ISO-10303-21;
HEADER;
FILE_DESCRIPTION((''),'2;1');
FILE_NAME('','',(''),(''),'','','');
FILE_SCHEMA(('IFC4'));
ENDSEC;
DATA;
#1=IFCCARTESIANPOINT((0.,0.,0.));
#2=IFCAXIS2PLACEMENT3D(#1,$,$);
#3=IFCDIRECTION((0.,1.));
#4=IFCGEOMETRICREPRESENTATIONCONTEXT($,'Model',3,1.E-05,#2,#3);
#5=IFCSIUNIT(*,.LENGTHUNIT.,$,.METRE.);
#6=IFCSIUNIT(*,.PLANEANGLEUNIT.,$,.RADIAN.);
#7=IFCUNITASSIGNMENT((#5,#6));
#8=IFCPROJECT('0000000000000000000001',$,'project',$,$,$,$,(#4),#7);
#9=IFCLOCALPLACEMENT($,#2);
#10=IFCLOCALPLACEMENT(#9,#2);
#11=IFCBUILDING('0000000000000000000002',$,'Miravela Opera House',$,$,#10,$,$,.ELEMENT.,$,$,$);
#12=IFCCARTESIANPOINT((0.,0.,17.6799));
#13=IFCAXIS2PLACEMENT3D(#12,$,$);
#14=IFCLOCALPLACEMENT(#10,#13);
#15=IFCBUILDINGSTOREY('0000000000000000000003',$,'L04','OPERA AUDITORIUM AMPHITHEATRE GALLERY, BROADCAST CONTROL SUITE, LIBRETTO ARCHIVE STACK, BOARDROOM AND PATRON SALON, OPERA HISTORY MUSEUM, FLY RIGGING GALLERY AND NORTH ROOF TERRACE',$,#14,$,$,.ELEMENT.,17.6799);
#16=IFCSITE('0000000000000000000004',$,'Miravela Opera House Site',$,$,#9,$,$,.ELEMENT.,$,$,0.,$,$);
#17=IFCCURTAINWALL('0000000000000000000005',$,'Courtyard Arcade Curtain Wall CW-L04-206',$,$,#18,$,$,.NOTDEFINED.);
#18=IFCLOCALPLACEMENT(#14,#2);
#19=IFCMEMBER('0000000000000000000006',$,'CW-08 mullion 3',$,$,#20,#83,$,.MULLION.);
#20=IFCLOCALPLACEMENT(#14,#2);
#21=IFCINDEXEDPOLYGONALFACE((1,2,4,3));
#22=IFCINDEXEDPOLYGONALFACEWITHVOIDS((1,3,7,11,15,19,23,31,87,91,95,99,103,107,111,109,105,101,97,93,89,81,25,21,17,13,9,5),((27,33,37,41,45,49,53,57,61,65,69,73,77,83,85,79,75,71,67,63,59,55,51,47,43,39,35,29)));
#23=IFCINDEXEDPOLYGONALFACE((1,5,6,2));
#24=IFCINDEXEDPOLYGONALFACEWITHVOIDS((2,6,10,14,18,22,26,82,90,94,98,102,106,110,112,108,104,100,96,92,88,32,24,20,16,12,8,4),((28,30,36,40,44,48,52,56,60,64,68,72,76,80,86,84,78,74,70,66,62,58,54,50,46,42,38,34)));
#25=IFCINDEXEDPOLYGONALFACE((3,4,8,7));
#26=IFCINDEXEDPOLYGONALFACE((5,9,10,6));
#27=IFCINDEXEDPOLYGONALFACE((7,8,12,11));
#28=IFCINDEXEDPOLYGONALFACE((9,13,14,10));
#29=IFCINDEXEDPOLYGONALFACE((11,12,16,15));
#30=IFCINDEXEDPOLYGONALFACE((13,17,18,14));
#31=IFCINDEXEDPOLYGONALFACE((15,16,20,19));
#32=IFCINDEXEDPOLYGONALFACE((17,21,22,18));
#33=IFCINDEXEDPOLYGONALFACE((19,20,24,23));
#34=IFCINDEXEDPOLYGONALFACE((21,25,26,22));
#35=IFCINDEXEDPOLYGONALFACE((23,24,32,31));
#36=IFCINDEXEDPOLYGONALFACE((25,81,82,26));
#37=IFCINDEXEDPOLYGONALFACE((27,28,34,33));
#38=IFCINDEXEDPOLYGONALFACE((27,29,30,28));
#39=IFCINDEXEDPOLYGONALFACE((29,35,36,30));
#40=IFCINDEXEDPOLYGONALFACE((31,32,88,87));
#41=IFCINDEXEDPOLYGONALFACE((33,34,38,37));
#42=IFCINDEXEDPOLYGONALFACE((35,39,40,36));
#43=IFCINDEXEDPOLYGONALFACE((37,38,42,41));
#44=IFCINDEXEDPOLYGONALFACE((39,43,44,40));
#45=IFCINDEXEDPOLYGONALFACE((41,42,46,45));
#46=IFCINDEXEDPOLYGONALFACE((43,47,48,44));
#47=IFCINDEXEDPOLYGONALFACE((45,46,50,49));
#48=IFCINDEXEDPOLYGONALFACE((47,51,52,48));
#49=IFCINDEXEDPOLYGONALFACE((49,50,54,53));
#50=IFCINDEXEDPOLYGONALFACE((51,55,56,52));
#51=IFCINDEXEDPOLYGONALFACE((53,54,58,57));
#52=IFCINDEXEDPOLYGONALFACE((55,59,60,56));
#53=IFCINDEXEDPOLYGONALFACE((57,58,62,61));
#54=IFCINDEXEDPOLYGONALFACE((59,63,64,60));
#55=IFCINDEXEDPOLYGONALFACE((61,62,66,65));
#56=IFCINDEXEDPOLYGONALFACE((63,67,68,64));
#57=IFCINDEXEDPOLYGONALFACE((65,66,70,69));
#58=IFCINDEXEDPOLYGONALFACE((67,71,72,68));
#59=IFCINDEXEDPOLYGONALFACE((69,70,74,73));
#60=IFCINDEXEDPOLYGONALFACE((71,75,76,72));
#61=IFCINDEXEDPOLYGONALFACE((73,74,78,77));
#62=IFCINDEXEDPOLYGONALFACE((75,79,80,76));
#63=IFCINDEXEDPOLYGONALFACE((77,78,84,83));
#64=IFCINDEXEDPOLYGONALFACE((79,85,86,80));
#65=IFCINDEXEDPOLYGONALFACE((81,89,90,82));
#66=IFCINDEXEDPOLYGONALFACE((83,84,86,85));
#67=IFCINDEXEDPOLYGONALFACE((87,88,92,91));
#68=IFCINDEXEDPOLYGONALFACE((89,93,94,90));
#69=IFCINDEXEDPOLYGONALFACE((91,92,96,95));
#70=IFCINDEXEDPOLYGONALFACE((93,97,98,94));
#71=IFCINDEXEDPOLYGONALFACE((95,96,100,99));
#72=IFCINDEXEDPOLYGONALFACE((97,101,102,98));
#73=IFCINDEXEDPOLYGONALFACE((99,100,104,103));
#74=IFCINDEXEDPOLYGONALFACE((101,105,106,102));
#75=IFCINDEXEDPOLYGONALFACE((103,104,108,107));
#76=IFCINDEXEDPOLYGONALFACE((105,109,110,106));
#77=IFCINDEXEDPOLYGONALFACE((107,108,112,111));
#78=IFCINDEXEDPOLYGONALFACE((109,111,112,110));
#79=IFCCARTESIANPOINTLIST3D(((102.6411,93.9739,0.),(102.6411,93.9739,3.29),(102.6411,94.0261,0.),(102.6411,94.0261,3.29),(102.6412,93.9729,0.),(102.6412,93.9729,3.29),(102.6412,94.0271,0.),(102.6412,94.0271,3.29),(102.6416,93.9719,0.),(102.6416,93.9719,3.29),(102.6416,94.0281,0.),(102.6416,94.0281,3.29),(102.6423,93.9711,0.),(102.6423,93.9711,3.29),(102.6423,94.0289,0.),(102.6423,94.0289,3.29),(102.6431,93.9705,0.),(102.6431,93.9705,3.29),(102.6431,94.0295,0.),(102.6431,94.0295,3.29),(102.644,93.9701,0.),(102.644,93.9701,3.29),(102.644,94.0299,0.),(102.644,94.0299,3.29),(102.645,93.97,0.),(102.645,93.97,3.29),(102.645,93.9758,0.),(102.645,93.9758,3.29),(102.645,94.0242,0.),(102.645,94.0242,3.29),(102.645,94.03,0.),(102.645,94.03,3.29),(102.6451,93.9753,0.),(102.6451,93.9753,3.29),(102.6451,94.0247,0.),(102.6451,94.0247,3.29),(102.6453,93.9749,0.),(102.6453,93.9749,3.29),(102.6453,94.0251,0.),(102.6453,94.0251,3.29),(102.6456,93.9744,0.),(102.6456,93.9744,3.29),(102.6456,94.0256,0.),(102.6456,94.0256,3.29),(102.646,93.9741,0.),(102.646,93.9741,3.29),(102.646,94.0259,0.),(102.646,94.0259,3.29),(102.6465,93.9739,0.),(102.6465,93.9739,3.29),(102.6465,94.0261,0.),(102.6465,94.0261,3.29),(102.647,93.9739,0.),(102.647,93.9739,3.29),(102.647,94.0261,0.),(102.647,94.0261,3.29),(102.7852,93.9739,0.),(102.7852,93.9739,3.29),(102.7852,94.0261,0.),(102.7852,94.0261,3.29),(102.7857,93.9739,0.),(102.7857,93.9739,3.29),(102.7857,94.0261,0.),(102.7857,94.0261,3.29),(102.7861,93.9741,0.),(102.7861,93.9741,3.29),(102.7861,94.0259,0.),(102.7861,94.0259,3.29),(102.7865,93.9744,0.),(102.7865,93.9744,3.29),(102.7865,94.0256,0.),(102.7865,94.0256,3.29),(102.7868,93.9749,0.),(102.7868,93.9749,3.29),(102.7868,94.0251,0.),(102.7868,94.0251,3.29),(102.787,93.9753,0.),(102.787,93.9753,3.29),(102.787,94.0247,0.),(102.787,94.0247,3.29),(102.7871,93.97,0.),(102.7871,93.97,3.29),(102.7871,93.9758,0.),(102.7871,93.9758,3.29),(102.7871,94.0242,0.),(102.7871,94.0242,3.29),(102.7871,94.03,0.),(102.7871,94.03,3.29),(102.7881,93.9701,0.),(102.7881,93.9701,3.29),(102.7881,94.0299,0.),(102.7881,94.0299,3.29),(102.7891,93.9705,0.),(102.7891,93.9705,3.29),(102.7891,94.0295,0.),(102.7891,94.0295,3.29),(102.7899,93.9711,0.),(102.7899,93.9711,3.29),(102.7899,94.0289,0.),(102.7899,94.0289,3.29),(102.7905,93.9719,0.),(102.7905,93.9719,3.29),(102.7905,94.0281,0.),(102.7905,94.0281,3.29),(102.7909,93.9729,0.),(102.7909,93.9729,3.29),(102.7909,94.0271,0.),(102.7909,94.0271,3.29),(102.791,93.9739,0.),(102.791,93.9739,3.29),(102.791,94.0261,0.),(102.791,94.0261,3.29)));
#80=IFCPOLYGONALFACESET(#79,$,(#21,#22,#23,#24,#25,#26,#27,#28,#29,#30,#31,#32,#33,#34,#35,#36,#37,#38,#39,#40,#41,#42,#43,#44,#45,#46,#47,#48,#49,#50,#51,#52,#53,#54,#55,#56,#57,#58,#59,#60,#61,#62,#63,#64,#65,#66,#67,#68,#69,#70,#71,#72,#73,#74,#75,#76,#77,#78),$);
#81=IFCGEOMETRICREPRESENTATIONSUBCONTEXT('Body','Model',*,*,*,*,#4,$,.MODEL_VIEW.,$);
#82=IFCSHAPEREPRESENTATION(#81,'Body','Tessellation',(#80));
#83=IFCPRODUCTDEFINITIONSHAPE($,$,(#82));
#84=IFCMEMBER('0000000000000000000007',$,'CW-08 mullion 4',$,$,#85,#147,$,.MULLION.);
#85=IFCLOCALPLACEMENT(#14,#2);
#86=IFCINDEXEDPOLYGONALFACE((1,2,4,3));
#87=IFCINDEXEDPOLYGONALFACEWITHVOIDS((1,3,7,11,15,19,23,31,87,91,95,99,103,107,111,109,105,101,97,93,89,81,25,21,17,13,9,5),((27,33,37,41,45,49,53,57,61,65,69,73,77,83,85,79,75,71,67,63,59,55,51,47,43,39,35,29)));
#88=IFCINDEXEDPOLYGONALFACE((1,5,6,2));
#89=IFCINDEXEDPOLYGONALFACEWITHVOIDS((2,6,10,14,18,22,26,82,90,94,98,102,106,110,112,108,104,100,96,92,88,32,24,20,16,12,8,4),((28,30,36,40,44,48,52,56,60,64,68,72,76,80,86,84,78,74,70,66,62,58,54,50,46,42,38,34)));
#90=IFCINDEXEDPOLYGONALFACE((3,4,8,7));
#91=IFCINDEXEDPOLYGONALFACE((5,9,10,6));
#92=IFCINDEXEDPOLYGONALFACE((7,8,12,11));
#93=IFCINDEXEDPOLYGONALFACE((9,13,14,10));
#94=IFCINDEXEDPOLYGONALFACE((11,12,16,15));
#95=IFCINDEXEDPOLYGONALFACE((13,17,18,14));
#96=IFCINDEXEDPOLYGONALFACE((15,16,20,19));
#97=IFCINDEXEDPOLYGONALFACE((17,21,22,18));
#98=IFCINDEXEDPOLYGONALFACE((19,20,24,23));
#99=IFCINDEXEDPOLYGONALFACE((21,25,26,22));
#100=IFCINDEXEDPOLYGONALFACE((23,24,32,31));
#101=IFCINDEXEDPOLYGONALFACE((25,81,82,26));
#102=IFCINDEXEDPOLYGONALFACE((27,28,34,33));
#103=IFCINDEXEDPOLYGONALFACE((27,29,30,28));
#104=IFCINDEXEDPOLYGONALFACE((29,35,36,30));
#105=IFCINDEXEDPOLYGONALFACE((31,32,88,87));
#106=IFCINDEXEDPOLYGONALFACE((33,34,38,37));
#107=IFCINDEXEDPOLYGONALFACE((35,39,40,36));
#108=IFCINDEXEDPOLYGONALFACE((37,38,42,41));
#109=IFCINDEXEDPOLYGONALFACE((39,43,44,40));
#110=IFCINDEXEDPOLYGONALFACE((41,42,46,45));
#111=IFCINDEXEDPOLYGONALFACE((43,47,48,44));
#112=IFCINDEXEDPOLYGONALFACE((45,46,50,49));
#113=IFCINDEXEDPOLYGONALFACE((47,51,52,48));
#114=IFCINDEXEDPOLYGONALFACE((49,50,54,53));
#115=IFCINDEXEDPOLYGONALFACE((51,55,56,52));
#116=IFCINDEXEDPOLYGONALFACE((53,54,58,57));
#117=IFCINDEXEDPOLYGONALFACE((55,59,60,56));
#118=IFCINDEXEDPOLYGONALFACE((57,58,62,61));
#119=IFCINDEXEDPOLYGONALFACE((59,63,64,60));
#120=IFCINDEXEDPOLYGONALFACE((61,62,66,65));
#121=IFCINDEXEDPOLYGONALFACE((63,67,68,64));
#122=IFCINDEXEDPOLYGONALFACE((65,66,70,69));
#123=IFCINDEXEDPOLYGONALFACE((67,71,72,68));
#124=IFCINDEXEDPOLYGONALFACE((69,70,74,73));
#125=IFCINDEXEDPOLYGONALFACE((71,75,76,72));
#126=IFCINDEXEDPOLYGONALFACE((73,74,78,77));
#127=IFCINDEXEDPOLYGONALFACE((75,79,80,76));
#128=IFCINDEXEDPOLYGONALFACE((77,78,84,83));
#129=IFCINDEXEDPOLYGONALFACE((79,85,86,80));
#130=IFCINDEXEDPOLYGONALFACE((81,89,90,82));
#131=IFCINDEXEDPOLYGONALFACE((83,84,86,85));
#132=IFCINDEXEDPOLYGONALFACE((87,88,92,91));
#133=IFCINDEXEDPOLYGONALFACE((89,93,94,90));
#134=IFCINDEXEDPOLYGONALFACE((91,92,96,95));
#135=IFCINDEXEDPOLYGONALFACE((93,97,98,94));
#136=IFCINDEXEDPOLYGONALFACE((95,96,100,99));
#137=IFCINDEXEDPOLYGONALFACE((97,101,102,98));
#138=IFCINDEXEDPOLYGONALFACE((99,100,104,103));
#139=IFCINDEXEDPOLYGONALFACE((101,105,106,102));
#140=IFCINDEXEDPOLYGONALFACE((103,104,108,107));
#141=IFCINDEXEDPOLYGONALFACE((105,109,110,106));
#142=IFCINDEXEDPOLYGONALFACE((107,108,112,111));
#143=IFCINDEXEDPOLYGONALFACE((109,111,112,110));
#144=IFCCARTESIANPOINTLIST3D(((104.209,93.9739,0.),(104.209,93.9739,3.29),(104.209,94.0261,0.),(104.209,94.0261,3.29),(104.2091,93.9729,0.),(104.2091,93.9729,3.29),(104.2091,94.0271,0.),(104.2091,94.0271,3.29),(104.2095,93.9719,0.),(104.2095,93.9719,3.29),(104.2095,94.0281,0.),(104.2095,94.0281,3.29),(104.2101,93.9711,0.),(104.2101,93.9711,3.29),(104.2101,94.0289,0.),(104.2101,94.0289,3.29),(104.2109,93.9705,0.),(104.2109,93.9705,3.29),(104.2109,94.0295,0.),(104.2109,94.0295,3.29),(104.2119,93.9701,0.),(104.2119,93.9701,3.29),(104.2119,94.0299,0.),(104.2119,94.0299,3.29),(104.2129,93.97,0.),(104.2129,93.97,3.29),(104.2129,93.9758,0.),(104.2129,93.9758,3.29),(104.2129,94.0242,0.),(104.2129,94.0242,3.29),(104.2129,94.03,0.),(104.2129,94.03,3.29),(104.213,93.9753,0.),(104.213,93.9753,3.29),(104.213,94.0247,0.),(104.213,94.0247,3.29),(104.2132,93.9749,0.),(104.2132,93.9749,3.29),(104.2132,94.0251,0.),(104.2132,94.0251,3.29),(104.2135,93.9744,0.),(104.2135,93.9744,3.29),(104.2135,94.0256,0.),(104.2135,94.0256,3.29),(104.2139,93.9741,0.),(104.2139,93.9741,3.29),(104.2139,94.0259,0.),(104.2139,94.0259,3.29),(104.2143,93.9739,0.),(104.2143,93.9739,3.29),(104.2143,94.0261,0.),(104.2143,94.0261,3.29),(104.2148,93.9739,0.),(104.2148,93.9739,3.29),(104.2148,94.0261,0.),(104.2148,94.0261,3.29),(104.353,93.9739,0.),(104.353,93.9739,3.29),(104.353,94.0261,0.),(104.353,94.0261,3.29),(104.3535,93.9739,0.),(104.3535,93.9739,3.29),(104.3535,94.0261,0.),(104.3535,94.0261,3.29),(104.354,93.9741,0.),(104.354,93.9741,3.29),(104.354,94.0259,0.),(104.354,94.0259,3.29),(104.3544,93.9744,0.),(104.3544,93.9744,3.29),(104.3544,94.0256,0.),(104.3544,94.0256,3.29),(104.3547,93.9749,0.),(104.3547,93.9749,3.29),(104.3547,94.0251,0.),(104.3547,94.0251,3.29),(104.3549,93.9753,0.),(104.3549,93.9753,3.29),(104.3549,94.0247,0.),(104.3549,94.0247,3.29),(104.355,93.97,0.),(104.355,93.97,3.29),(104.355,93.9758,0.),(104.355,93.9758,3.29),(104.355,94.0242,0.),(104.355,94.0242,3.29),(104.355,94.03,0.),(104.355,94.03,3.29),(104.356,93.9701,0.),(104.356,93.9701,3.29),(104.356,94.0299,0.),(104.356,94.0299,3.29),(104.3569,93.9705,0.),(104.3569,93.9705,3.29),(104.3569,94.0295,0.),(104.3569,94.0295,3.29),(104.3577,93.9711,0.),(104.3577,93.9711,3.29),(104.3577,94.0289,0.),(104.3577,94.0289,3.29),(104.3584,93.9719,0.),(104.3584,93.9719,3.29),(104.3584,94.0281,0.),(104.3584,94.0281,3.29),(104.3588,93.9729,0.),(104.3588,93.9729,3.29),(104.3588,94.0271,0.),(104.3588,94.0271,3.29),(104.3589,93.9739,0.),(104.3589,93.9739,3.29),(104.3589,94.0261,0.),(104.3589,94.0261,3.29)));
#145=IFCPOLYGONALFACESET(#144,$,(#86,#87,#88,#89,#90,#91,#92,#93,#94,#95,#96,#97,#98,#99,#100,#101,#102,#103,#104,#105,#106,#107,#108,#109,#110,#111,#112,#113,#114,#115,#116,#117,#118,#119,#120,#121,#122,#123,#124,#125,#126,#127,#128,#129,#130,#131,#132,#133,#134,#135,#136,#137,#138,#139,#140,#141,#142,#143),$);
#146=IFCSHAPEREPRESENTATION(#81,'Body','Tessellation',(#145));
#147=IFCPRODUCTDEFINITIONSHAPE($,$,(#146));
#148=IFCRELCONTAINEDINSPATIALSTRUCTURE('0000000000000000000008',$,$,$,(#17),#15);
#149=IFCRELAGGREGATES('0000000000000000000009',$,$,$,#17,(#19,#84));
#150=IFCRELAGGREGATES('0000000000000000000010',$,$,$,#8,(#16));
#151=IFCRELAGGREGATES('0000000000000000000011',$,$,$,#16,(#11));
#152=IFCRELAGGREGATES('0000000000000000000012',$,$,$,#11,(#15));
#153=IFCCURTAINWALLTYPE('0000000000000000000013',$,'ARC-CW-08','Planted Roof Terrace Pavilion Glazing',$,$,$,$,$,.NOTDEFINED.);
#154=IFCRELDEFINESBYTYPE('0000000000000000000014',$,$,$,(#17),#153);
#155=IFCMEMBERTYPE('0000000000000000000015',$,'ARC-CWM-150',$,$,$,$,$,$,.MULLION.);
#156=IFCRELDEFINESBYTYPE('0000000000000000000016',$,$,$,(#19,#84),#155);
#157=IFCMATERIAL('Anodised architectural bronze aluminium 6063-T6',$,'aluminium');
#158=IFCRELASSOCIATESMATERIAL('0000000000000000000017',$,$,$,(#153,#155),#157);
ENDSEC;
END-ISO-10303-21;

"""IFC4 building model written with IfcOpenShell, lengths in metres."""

from ifc_helpers import new_model, si_unit, direction, frame, origin, origin_2d, place, context, subcontext, project, spatial, hollow_rectangle, extrude, material, material_profile, profile_set, type_object, element, aggregate, save


model = new_model("IFC4")

# Units and contexts
model_context = context("Model", 3, precision=1e-05, world=origin(), true_north=direction((0.0, 1.0)))
body_context = subcontext(model_context, "Body", "Model", "MODEL_VIEW")
ifc_project = project(units=[si_unit("LENGTHUNIT", "METRE"), si_unit("PLANEANGLEUNIT", "RADIAN")], contexts=[model_context])

# Site, building, storey
site_placement = place(None, origin())
site = spatial("IfcSite", under=ifc_project, at=site_placement, Name="Miravela Opera House Site", CompositionType="ELEMENT", RefElevation=0.0)
building_placement = place(site_placement, origin())
building = spatial("IfcBuilding", under=site, at=building_placement, Name="Miravela Opera House", CompositionType="ELEMENT")
storey_placement = place(building_placement, frame((0.0, 0.0, 17.6799)))
storey = spatial("IfcBuildingStorey", under=building, at=storey_placement, Name="L04", Description="OPERA AUDITORIUM AMPHITHEATRE GALLERY, BROADCAST CONTROL SUITE, LIBRETTO ARCHIVE STACK, BOARDROOM AND PATRON SALON, OPERA HISTORY MUSEUM, FLY RIGGING GALLERY AND NORTH ROOF TERRACE", CompositionType="ELEMENT", Elevation=17.6799)

# Curtain wall, members
ifc_material_1 = material(Name="Anodised architectural bronze aluminium 6063-T6", Category="aluminium")
curtain_wall_type = type_object("IfcCurtainWallType", Name="ARC-CW-08", Description="Planted Roof Terrace Pavilion Glazing", PredefinedType="NOTDEFINED", material=ifc_material_1)
curtain_wall_placement = place(storey_placement, origin())
curtain_wall = element("IfcCurtainWall", 1, at=curtain_wall_placement, inside=storey, type_object=curtain_wall_type, Name="Courtyard Arcade Curtain Wall CW-L04-206", PredefinedType="NOTDEFINED")
ifc_material_profile_1 = material_profile(ifc_material_1, hollow_rectangle(XDim=0.0601, YDim=0.1499, WallThickness=0.0039, InnerFilletRadius=0.002, OuterFilletRadius=0.0039, at=origin_2d()), Name="CWM-60X150")
ifc_profile_set_1 = profile_set([ifc_material_profile_1])
member_type_1 = type_object("IfcMemberType", Name="ARC-CWM-150", PredefinedType="MULLION", material=ifc_profile_set_1)
member_1_placement = place(storey_placement, frame((102.7161, 94.0, 0.0), z_axis=(0.0, 0.0, 1.0), x_axis=(0.0, 1.0, 0.0)))
member_1 = element("IfcMember", 2, at=member_1_placement, type_object=member_type_1, Name="CW-08 mullion 3", PredefinedType="MULLION", context=body_context, shape_type="SweptSolid", body=[
    extrude(hollow_rectangle(XDim=0.0601, YDim=0.1499, WallThickness=0.0039, InnerFilletRadius=0.002, OuterFilletRadius=0.0039, at=origin_2d()), origin(), (0.0, 0.0, 1.0), 3.29),
])
member_2_placement = place(storey_placement, frame((104.2839, 94.0, 0.0), z_axis=(0.0, 0.0, 1.0), x_axis=(0.0, 1.0, 0.0)))
member_2 = element("IfcMember", 3, at=member_2_placement, type_object=member_type_1, Name="CW-08 mullion 4", PredefinedType="MULLION", context=body_context, shape_type="SweptSolid", body=[
    extrude(hollow_rectangle(XDim=0.0601, YDim=0.1499, WallThickness=0.0039, InnerFilletRadius=0.002, OuterFilletRadius=0.0039, at=origin_2d()), origin(), (0.0, 0.0, 1.0), 3.29),
])

aggregate(curtain_wall, [member_1, member_2])

save(model, "model.ifc")
